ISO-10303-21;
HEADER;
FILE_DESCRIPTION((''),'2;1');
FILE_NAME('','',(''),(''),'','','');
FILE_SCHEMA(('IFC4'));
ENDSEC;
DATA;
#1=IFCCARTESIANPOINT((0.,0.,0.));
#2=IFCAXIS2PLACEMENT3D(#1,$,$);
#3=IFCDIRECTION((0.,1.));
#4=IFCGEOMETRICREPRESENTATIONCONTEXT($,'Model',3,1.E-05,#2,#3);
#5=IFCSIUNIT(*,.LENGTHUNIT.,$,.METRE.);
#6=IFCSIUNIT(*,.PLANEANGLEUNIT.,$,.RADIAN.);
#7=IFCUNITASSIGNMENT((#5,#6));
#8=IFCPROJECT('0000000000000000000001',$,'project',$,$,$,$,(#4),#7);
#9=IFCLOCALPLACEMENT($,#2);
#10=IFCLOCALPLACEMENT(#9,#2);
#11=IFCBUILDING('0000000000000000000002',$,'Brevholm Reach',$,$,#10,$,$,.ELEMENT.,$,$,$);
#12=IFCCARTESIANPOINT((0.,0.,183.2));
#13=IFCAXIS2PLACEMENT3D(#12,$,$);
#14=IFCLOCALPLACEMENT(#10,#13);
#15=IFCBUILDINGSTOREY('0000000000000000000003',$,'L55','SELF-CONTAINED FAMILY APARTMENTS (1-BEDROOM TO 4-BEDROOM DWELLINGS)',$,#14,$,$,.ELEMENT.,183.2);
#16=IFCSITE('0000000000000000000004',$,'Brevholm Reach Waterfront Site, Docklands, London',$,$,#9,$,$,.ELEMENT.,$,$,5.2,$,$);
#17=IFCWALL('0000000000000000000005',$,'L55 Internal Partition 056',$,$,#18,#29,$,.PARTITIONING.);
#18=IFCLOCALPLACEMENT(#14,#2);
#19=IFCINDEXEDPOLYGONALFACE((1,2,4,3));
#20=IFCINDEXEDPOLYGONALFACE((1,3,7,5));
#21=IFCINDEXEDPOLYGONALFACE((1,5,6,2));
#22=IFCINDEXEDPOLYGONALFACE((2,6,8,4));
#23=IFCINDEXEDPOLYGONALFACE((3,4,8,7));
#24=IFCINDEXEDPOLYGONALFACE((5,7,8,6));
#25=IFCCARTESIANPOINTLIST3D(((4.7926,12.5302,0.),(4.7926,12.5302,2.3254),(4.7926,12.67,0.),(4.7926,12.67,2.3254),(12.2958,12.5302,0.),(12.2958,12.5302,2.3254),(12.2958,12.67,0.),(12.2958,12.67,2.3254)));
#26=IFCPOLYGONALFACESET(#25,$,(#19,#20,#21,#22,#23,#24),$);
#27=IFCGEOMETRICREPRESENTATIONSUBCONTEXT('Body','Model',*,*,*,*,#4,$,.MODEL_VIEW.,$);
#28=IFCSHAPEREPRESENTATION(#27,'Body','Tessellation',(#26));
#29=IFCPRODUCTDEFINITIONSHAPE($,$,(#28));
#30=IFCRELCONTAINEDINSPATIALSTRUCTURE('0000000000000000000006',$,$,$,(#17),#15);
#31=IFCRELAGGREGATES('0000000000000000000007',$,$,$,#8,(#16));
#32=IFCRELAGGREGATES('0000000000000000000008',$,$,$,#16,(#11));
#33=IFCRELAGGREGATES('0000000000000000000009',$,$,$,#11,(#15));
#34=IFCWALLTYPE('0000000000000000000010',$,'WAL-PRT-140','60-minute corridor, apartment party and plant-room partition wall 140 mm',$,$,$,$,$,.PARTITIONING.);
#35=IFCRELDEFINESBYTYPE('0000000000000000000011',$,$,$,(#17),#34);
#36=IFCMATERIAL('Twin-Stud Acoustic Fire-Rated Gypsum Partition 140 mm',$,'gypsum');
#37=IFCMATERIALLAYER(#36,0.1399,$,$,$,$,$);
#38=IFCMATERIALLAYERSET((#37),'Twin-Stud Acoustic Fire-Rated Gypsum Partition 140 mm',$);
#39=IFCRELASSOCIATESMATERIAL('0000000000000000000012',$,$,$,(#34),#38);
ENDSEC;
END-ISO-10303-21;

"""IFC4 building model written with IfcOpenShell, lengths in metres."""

from ifc_helpers import new_model, si_unit, direction, frame, frame_2d, origin, place, context, subcontext, project, spatial, rectangle, extrude, material, layer, layer_set, type_object, element, save


model = new_model("IFC4")

# Units and contexts
model_context = context("Model", 3, precision=1e-05, world=origin(), true_north=direction((0.0, 1.0)))
body_context = subcontext(model_context, "Body", "Model", "MODEL_VIEW")
ifc_project = project(units=[si_unit("LENGTHUNIT", "METRE"), si_unit("PLANEANGLEUNIT", "RADIAN")], contexts=[model_context])

# Site, building, storey
site_placement = place(None, origin())
site = spatial("IfcSite", under=ifc_project, at=site_placement, Name="Brevholm Reach Waterfront Site, Docklands, London", CompositionType="ELEMENT", RefElevation=5.2)
building_placement = place(site_placement, origin())
building = spatial("IfcBuilding", under=site, at=building_placement, Name="Brevholm Reach", CompositionType="ELEMENT")
storey_placement = place(building_placement, frame((0.0, 0.0, 183.2)))
storey = spatial("IfcBuildingStorey", under=building, at=storey_placement, Name="L55", Description="SELF-CONTAINED FAMILY APARTMENTS (1-BEDROOM TO 4-BEDROOM DWELLINGS)", CompositionType="ELEMENT", Elevation=183.2)

# Wall
ifc_material_1 = material(Name="Twin-Stud Acoustic Fire-Rated Gypsum Partition 140 mm", Category="gypsum")
ifc_layer_1 = layer(ifc_material_1, 0.1399)
ifc_layer_set_1 = layer_set([ifc_layer_1], Name="Twin-Stud Acoustic Fire-Rated Gypsum Partition 140 mm")
wall_type_1 = type_object("IfcWallType", Name="WAL-PRT-140", Description="60-minute corridor, apartment party and plant-room partition wall 140 mm", PredefinedType="PARTITIONING", material=ifc_layer_set_1)
wall_1_placement = place(storey_placement, frame((4.7927, 12.6001, 0.0), z_axis=(0.0, 0.0, 1.0), x_axis=(1.0, 0.0, 0.0)))
element("IfcWall", 1, at=wall_1_placement, inside=storey, type_object=wall_type_1, Name="L55 Internal Partition 056", PredefinedType="PARTITIONING", context=body_context, shape_type="SweptSolid", body=[
    extrude(rectangle(XDim=7.5032, YDim=0.1399, at=frame_2d((3.7515, 0.0))), origin(), (0.0, 0.0, 1.0), 2.3254),
])

save(model, "model.ifc")
